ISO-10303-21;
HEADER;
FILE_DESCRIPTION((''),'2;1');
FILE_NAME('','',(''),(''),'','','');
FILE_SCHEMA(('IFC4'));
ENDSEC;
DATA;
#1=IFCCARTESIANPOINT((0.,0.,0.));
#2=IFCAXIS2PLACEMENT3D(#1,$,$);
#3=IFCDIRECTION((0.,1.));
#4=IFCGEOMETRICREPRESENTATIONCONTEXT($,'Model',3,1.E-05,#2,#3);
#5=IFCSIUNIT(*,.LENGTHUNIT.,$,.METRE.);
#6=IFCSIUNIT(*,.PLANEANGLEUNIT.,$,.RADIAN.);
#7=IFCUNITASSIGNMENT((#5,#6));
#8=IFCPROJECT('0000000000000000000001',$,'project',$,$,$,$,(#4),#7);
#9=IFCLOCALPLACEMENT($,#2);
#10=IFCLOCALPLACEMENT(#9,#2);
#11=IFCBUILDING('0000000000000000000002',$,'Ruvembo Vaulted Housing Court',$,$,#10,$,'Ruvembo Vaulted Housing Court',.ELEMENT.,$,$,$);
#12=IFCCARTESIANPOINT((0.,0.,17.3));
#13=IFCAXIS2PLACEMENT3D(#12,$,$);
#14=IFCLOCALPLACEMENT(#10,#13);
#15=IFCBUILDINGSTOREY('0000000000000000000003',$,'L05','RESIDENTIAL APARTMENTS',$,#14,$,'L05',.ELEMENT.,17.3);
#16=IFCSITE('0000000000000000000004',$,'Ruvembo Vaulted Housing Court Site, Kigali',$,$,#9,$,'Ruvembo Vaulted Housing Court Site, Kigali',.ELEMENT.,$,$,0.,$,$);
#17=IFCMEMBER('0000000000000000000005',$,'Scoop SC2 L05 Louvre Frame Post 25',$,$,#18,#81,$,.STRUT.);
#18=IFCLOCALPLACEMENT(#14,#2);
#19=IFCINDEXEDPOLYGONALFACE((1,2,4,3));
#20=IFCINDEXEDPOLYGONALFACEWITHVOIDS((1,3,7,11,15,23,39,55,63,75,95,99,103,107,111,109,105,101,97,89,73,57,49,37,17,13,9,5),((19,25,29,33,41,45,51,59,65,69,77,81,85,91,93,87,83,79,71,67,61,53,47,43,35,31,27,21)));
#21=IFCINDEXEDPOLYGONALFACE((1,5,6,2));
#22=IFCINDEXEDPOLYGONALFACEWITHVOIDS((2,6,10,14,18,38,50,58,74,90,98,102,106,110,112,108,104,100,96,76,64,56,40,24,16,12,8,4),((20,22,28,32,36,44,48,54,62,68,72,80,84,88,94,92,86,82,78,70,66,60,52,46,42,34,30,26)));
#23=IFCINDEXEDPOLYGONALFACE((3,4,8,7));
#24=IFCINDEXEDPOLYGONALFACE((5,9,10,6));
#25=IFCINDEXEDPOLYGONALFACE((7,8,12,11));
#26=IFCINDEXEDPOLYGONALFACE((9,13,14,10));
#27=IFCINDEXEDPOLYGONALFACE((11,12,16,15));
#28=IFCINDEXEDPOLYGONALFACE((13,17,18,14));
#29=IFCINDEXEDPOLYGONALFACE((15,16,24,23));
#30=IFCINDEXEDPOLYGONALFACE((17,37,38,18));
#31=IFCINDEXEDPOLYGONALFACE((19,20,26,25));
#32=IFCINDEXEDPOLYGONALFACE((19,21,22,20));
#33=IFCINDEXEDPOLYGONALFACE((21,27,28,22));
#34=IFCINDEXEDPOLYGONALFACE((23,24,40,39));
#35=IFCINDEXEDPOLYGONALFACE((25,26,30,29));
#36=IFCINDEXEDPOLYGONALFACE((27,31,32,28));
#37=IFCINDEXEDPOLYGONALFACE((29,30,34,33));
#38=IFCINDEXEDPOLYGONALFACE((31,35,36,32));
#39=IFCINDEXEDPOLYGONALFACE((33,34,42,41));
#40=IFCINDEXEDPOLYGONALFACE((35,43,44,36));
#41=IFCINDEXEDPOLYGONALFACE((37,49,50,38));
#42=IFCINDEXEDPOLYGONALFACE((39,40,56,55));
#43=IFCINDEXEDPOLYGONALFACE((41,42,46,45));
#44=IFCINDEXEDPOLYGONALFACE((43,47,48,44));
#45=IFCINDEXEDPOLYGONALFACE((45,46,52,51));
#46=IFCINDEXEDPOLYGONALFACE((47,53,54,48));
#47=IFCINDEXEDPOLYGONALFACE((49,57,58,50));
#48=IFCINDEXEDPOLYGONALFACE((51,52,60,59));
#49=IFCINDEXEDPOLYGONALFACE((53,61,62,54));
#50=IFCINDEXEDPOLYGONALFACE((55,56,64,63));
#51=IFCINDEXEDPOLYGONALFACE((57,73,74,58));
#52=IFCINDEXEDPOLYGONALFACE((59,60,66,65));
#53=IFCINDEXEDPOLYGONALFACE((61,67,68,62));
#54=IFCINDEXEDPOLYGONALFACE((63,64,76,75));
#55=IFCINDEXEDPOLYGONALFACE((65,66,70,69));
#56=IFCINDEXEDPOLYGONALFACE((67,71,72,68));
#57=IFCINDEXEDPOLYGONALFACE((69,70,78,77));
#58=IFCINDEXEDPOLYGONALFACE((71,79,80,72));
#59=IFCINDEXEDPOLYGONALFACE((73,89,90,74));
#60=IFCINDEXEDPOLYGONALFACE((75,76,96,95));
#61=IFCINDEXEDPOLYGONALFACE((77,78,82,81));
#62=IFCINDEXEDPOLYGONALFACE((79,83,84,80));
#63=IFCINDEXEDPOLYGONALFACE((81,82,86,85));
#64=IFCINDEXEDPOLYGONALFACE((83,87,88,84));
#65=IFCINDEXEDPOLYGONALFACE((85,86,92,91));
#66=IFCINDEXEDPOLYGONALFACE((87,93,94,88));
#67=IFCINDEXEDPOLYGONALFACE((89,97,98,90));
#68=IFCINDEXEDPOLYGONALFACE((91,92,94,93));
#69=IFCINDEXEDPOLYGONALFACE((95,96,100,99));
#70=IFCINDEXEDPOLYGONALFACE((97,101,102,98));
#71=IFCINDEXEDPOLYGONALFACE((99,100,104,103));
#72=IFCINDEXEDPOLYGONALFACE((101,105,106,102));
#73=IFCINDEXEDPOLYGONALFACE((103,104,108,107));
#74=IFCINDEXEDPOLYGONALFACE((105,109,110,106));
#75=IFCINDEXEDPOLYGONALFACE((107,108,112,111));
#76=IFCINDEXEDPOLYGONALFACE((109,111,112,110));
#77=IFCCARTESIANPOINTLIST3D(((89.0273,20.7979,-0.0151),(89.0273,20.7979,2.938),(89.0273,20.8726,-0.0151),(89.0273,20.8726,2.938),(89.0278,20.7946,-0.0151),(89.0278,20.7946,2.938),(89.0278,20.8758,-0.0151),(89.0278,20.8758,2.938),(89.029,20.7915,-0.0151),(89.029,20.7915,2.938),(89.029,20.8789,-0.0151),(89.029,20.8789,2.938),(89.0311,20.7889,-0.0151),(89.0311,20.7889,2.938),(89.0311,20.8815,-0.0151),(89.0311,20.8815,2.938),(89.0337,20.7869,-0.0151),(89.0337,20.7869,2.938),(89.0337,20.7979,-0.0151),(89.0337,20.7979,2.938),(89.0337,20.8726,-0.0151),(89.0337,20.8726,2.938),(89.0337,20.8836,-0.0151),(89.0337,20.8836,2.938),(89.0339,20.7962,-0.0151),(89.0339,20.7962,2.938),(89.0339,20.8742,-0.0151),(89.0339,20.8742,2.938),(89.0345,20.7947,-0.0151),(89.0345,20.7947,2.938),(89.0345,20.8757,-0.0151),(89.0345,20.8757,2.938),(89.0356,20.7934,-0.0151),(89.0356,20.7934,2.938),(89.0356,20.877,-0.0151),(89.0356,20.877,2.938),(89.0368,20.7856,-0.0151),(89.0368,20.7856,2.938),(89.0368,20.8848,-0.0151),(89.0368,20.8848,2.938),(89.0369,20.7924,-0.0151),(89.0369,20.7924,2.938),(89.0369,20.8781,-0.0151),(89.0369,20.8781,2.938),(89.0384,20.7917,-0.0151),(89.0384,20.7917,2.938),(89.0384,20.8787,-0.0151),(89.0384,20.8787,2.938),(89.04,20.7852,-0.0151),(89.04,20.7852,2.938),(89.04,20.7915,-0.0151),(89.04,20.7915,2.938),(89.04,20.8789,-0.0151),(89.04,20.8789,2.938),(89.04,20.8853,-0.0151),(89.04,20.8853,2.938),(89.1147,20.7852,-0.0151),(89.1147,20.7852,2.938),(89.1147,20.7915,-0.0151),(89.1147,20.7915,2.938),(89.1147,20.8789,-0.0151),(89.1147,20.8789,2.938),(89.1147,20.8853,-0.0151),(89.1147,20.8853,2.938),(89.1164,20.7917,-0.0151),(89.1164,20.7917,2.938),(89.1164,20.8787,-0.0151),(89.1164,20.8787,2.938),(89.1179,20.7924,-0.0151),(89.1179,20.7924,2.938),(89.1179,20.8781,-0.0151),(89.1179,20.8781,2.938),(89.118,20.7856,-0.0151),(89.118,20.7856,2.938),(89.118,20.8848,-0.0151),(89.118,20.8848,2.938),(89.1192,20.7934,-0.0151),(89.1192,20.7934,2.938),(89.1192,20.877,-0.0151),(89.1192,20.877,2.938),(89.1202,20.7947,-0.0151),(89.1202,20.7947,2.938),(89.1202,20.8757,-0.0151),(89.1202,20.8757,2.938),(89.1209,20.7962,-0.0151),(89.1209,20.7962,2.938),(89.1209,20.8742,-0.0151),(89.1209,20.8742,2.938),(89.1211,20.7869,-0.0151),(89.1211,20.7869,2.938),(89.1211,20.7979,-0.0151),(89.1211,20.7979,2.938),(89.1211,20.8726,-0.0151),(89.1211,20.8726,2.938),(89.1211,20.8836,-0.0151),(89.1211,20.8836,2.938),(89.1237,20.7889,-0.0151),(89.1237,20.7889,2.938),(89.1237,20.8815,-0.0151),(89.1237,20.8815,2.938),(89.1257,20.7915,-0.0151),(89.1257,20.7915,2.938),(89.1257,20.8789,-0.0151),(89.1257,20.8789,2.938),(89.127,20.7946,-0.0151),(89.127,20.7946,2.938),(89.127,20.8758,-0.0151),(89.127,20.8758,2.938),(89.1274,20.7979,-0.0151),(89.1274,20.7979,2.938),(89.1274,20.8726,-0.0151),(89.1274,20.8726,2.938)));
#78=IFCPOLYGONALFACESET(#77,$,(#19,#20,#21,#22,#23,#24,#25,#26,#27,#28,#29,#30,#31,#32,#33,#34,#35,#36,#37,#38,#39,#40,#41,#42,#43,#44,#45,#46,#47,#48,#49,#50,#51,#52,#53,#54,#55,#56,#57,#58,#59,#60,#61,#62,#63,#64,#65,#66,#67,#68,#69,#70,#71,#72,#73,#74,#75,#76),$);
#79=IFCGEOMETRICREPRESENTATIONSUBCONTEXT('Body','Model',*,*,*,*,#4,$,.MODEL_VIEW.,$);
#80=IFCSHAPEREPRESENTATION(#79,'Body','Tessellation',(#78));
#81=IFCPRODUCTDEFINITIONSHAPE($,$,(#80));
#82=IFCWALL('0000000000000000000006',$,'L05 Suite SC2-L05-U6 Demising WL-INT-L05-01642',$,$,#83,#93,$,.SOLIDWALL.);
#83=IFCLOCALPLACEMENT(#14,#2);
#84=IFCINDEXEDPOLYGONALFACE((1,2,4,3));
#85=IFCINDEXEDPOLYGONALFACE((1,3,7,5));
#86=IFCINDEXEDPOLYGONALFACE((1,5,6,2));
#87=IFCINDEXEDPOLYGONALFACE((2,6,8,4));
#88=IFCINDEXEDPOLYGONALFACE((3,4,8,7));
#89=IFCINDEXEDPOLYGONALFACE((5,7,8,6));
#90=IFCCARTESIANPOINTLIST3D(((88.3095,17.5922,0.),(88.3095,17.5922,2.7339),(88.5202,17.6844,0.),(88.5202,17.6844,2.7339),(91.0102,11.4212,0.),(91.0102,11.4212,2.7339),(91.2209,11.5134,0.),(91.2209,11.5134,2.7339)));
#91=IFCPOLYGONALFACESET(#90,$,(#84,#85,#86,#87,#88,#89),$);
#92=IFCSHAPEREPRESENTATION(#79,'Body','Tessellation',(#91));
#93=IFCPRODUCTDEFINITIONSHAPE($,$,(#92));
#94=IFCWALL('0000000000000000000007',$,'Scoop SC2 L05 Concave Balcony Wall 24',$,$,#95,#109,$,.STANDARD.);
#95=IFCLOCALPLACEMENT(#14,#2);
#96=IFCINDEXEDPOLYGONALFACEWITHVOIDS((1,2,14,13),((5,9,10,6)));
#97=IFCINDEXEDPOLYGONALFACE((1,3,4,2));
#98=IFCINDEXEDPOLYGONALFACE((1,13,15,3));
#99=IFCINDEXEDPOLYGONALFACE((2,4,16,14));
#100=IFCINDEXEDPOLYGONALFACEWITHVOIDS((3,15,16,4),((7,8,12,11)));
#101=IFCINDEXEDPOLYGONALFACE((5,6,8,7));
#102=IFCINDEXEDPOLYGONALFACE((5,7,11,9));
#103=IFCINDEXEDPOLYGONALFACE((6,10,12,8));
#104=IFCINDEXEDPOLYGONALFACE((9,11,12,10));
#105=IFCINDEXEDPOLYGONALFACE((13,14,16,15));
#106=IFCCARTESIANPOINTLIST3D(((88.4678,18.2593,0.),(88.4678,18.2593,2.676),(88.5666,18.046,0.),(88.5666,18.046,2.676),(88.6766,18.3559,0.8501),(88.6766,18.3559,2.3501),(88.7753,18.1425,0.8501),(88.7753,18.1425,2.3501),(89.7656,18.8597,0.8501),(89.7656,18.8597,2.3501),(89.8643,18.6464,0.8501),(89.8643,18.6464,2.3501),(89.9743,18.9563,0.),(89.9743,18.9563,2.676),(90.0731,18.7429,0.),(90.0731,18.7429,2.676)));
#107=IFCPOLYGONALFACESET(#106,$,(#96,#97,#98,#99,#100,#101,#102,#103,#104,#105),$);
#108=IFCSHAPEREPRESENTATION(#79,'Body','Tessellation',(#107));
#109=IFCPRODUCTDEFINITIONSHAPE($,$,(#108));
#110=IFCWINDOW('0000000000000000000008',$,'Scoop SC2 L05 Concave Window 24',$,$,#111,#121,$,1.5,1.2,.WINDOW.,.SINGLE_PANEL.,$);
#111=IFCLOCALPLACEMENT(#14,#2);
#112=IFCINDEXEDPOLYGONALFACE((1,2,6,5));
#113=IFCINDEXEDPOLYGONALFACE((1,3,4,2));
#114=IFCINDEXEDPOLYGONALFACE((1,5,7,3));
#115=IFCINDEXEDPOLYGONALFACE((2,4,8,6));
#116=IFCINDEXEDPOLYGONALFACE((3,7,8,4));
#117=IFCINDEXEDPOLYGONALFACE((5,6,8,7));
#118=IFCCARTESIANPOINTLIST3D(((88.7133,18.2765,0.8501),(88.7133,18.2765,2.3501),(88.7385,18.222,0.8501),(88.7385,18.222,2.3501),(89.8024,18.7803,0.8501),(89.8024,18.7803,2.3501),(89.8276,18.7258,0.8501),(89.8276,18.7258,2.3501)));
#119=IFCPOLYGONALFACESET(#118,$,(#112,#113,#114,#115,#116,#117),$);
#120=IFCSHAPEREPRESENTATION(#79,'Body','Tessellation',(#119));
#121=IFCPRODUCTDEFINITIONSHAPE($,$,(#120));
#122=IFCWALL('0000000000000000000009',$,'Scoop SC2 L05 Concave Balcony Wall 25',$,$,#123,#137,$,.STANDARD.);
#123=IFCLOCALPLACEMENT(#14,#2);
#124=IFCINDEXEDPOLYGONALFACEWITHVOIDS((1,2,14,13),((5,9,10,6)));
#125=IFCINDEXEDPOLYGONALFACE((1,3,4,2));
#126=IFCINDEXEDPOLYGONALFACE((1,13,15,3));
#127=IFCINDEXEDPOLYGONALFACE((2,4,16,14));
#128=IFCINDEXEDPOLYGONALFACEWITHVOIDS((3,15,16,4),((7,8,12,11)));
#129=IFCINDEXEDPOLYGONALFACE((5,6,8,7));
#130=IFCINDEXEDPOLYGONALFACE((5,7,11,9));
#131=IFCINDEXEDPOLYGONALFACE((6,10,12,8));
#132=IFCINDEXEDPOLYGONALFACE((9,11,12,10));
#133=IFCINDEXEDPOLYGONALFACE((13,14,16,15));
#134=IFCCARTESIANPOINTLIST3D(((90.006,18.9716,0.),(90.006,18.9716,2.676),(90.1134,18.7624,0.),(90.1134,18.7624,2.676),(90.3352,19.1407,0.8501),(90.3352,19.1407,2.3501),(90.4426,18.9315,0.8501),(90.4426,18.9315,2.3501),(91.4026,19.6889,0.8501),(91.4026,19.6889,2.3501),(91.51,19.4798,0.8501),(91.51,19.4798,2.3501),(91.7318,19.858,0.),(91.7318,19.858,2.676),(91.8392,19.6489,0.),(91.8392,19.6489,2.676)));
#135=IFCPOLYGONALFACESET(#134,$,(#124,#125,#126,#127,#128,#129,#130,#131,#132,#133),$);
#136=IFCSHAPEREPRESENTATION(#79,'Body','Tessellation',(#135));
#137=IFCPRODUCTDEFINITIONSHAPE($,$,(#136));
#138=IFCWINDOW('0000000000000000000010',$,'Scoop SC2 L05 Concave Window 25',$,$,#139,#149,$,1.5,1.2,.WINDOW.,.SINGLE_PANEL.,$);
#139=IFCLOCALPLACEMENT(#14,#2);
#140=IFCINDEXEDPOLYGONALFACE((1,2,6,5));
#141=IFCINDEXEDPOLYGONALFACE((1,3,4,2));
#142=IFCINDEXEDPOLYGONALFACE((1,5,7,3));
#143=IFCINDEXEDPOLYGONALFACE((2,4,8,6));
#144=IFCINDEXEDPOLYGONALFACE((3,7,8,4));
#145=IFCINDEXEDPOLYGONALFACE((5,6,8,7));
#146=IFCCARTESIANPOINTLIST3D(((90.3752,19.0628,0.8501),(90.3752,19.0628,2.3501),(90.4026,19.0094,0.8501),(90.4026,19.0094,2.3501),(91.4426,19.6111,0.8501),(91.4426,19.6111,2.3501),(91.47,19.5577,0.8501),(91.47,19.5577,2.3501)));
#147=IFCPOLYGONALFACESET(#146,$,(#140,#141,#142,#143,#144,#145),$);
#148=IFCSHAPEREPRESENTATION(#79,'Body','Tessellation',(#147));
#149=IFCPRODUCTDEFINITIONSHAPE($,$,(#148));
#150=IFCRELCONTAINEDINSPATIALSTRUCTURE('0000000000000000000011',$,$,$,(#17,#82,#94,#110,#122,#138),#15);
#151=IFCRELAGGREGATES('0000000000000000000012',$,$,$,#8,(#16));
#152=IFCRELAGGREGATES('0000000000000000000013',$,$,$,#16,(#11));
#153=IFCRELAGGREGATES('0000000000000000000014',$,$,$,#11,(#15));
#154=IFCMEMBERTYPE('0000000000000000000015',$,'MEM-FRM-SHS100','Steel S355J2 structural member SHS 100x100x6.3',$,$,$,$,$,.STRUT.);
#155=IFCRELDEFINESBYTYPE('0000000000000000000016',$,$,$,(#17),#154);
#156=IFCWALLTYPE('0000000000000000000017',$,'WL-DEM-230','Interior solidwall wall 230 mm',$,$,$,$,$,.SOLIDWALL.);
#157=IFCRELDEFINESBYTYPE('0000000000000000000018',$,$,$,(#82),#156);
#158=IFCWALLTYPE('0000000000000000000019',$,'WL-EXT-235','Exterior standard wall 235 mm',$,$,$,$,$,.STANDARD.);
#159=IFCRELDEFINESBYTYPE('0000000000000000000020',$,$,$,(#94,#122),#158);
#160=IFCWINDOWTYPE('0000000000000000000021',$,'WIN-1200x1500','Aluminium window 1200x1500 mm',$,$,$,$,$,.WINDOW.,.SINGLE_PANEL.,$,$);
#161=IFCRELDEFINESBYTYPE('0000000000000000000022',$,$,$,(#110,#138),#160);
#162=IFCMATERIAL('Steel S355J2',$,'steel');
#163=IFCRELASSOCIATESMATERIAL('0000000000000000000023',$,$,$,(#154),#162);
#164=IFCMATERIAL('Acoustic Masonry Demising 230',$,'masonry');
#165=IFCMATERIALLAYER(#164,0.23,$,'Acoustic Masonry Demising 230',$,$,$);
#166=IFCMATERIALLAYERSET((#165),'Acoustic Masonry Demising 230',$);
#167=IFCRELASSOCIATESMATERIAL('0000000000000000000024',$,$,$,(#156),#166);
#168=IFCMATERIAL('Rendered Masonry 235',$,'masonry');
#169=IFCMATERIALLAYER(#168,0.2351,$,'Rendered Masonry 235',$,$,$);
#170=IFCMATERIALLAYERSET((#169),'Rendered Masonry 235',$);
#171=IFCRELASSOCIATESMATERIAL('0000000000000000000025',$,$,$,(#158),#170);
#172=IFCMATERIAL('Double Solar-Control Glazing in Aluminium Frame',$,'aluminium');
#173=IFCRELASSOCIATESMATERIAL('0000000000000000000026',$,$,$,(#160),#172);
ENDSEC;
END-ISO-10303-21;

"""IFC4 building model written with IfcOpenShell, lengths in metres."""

from ifc_helpers import new_model, si_unit, direction, frame, frame_2d, origin, origin_2d, place, context, subcontext, project, spatial, rectangle, hollow_rectangle, extrude, material, layer, layer_set, material_profile, profile_set, type_object, element, fill, save


model = new_model("IFC4")

# Units and contexts
model_context = context("Model", 3, precision=1e-05, world=origin(), true_north=direction((0.0, 1.0)))
body_context = subcontext(model_context, "Body", "Model", "MODEL_VIEW")
ifc_project = project(units=[si_unit("LENGTHUNIT", "METRE"), si_unit("PLANEANGLEUNIT", "RADIAN")], contexts=[model_context])

# Site, building, storey
site_placement = place(None, origin())
site = spatial("IfcSite", under=ifc_project, at=site_placement, Name="Ruvembo Vaulted Housing Court Site, Kigali", LongName="Ruvembo Vaulted Housing Court Site, Kigali", CompositionType="ELEMENT", RefElevation=0.0)
building_placement = place(site_placement, origin())
building = spatial("IfcBuilding", under=site, at=building_placement, Name="Ruvembo Vaulted Housing Court", LongName="Ruvembo Vaulted Housing Court", CompositionType="ELEMENT")
storey_placement = place(building_placement, frame((0.0, 0.0, 17.3)))
storey = spatial("IfcBuildingStorey", under=building, at=storey_placement, Name="L05", Description="RESIDENTIAL APARTMENTS", LongName="L05", CompositionType="ELEMENT", Elevation=17.3)

# Shared definitions
ifc_material_1 = material(Name="Steel S355J2", Category="steel")

# Member
ifc_material_profile_1 = material_profile(ifc_material_1, hollow_rectangle(XDim=0.1001, YDim=0.1001, WallThickness=0.0063, InnerFilletRadius=0.0063, OuterFilletRadius=0.0127, at=origin_2d()), Name="SHS 100x100x6.3")
ifc_profile_set_1 = profile_set([ifc_material_profile_1], Name="Steel S355J2")
member_type_1 = type_object("IfcMemberType", Name="MEM-FRM-SHS100", Description="Steel S355J2 structural member SHS 100x100x6.3", PredefinedType="STRUT", material=ifc_profile_set_1)
member_1_placement = place(storey_placement, frame((89.0774, 20.8352, -0.0151), z_axis=(0.0, 0.0, 1.0), x_axis=(1.0, 0.0, 0.0)))
element("IfcMember", 1, at=member_1_placement, inside=storey, type_object=member_type_1, Name="Scoop SC2 L05 Louvre Frame Post 25", PredefinedType="STRUT", context=body_context, shape_type="SweptSolid", body=[
    extrude(hollow_rectangle(XDim=0.1001, YDim=0.1001, WallThickness=0.0063, InnerFilletRadius=0.0063, OuterFilletRadius=0.0127, at=origin_2d()), origin(), (0.0, 0.0, 1.0), 2.9531),
])

# Wall
ifc_material_2 = material(Name="Acoustic Masonry Demising 230", Category="masonry")
ifc_layer_1 = layer(ifc_material_2, 0.23, Name="Acoustic Masonry Demising 230")
ifc_layer_set_1 = layer_set([ifc_layer_1], Name="Acoustic Masonry Demising 230")
wall_type_1 = type_object("IfcWallType", Name="WL-DEM-230", Description="Interior solidwall wall 230 mm", PredefinedType="SOLIDWALL", material=ifc_layer_set_1)
wall_1_placement = place(storey_placement, frame((88.4148, 17.6384, 0.0), z_axis=(0.0, 0.0, 1.0), x_axis=(0.400933, -0.916107, 0.0)))
element("IfcWall", 2, at=wall_1_placement, inside=storey, type_object=wall_type_1, Name="L05 Suite SC2-L05-U6 Demising WL-INT-L05-01642", PredefinedType="SOLIDWALL", context=body_context, shape_type="SweptSolid", body=[
    extrude(rectangle(XDim=6.7361, YDim=0.23, at=frame_2d((3.3682, 0.0))), origin(), (0.0, 0.0, 1.0), 2.7339),
])

# Walls, openings, windows
ifc_material_3 = material(Name="Rendered Masonry 235", Category="masonry")
ifc_layer_2 = layer(ifc_material_3, 0.2351, Name="Rendered Masonry 235")
ifc_layer_set_2 = layer_set([ifc_layer_2], Name="Rendered Masonry 235")
wall_type_2 = type_object("IfcWallType", Name="WL-EXT-235", Description="Exterior standard wall 235 mm", PredefinedType="STANDARD", material=ifc_layer_set_2)
wall_2_placement = place(storey_placement, frame((88.5171, 18.1526, 0.0), z_axis=(0.0, 0.0, 1.0), x_axis=(0.907576, 0.419888, 0.0)))
wall_2 = element("IfcWall", 3, at=wall_2_placement, inside=storey, type_object=wall_type_2, Name="Scoop SC2 L05 Concave Balcony Wall 24", PredefinedType="STANDARD", context=body_context, shape_type="SweptSolid", body=[
    extrude(rectangle(XDim=1.6599, YDim=0.2351, at=frame_2d((0.8301, 0.0))), origin(), (0.0, 0.0, 1.0), 2.676),
])
opening_1_placement = place(wall_2_placement, frame((0.23, 0.0, 0.8501)))
opening_1 = element("IfcOpeningElement", 4, at=opening_1_placement, cuts=wall_2, PredefinedType="OPENING", context=body_context, shape_type="SweptSolid", body=[
    extrude(rectangle(XDim=1.2, YDim=1.5, at=frame_2d((0.6001, 0.75))), frame((0.0, 0.1274, 0.0), z_axis=(0.0, -1.0, 0.0), x_axis=(1.0, 0.0, 0.0)), (0.0, 0.0, 1.0), 0.2551),
])
ifc_material_4 = material(Name="Double Solar-Control Glazing in Aluminium Frame", Category="aluminium")
window_type = type_object("IfcWindowType", Name="WIN-1200x1500", Description="Aluminium window 1200x1500 mm", PartitioningType="SINGLE_PANEL", PredefinedType="WINDOW", material=ifc_material_4)
window_1_placement = place(opening_1_placement, origin())
window_1 = element("IfcWindow", 5, at=window_1_placement, inside=storey, type_object=window_type, Name="Scoop SC2 L05 Concave Window 24", OverallHeight=1.5, OverallWidth=1.2, PartitioningType="SINGLE_PANEL", PredefinedType="WINDOW", context=body_context, shape_type="SweptSolid", body=[
    extrude(rectangle(XDim=1.2, YDim=1.5, at=frame_2d((0.6001, 0.75))), frame((0.0, 0.03, 0.0), z_axis=(0.0, -1.0, 0.0), x_axis=(1.0, 0.0, 0.0)), (0.0, 0.0, 1.0), 0.0601),
])
fill(opening_1, window_1)
wall_3_placement = place(storey_placement, frame((90.0596, 18.8669, 0.0), z_axis=(0.0, 0.0, 1.0), x_axis=(0.889517, 0.456902, 0.0)))
wall_3 = element("IfcWall", 6, at=wall_3_placement, inside=storey, type_object=wall_type_2, Name="Scoop SC2 L05 Concave Balcony Wall 25", PredefinedType="STANDARD", context=body_context, shape_type="SweptSolid", body=[
    extrude(rectangle(XDim=1.9402, YDim=0.2351, at=frame_2d((0.9702, 0.0))), origin(), (0.0, 0.0, 1.0), 2.676),
])
opening_2_placement = place(wall_3_placement, frame((0.3701, 0.0, 0.8501)))
opening_2 = element("IfcOpeningElement", 7, at=opening_2_placement, cuts=wall_3, PredefinedType="OPENING", context=body_context, shape_type="SweptSolid", body=[
    extrude(rectangle(XDim=1.2, YDim=1.5, at=frame_2d((0.6001, 0.75))), frame((0.0, 0.1274, 0.0), z_axis=(0.0, -1.0, 0.0), x_axis=(1.0, 0.0, 0.0)), (0.0, 0.0, 1.0), 0.2551),
])
window_2_placement = place(opening_2_placement, origin())
window_2 = element("IfcWindow", 8, at=window_2_placement, inside=storey, type_object=window_type, Name="Scoop SC2 L05 Concave Window 25", OverallHeight=1.5, OverallWidth=1.2, PartitioningType="SINGLE_PANEL", PredefinedType="WINDOW", context=body_context, shape_type="SweptSolid", body=[
    extrude(rectangle(XDim=1.2, YDim=1.5, at=frame_2d((0.6001, 0.75))), frame((0.0, 0.03, 0.0), z_axis=(0.0, -1.0, 0.0), x_axis=(1.0, 0.0, 0.0)), (0.0, 0.0, 1.0), 0.0601),
])
fill(opening_2, window_2)

save(model, "model.ifc")
